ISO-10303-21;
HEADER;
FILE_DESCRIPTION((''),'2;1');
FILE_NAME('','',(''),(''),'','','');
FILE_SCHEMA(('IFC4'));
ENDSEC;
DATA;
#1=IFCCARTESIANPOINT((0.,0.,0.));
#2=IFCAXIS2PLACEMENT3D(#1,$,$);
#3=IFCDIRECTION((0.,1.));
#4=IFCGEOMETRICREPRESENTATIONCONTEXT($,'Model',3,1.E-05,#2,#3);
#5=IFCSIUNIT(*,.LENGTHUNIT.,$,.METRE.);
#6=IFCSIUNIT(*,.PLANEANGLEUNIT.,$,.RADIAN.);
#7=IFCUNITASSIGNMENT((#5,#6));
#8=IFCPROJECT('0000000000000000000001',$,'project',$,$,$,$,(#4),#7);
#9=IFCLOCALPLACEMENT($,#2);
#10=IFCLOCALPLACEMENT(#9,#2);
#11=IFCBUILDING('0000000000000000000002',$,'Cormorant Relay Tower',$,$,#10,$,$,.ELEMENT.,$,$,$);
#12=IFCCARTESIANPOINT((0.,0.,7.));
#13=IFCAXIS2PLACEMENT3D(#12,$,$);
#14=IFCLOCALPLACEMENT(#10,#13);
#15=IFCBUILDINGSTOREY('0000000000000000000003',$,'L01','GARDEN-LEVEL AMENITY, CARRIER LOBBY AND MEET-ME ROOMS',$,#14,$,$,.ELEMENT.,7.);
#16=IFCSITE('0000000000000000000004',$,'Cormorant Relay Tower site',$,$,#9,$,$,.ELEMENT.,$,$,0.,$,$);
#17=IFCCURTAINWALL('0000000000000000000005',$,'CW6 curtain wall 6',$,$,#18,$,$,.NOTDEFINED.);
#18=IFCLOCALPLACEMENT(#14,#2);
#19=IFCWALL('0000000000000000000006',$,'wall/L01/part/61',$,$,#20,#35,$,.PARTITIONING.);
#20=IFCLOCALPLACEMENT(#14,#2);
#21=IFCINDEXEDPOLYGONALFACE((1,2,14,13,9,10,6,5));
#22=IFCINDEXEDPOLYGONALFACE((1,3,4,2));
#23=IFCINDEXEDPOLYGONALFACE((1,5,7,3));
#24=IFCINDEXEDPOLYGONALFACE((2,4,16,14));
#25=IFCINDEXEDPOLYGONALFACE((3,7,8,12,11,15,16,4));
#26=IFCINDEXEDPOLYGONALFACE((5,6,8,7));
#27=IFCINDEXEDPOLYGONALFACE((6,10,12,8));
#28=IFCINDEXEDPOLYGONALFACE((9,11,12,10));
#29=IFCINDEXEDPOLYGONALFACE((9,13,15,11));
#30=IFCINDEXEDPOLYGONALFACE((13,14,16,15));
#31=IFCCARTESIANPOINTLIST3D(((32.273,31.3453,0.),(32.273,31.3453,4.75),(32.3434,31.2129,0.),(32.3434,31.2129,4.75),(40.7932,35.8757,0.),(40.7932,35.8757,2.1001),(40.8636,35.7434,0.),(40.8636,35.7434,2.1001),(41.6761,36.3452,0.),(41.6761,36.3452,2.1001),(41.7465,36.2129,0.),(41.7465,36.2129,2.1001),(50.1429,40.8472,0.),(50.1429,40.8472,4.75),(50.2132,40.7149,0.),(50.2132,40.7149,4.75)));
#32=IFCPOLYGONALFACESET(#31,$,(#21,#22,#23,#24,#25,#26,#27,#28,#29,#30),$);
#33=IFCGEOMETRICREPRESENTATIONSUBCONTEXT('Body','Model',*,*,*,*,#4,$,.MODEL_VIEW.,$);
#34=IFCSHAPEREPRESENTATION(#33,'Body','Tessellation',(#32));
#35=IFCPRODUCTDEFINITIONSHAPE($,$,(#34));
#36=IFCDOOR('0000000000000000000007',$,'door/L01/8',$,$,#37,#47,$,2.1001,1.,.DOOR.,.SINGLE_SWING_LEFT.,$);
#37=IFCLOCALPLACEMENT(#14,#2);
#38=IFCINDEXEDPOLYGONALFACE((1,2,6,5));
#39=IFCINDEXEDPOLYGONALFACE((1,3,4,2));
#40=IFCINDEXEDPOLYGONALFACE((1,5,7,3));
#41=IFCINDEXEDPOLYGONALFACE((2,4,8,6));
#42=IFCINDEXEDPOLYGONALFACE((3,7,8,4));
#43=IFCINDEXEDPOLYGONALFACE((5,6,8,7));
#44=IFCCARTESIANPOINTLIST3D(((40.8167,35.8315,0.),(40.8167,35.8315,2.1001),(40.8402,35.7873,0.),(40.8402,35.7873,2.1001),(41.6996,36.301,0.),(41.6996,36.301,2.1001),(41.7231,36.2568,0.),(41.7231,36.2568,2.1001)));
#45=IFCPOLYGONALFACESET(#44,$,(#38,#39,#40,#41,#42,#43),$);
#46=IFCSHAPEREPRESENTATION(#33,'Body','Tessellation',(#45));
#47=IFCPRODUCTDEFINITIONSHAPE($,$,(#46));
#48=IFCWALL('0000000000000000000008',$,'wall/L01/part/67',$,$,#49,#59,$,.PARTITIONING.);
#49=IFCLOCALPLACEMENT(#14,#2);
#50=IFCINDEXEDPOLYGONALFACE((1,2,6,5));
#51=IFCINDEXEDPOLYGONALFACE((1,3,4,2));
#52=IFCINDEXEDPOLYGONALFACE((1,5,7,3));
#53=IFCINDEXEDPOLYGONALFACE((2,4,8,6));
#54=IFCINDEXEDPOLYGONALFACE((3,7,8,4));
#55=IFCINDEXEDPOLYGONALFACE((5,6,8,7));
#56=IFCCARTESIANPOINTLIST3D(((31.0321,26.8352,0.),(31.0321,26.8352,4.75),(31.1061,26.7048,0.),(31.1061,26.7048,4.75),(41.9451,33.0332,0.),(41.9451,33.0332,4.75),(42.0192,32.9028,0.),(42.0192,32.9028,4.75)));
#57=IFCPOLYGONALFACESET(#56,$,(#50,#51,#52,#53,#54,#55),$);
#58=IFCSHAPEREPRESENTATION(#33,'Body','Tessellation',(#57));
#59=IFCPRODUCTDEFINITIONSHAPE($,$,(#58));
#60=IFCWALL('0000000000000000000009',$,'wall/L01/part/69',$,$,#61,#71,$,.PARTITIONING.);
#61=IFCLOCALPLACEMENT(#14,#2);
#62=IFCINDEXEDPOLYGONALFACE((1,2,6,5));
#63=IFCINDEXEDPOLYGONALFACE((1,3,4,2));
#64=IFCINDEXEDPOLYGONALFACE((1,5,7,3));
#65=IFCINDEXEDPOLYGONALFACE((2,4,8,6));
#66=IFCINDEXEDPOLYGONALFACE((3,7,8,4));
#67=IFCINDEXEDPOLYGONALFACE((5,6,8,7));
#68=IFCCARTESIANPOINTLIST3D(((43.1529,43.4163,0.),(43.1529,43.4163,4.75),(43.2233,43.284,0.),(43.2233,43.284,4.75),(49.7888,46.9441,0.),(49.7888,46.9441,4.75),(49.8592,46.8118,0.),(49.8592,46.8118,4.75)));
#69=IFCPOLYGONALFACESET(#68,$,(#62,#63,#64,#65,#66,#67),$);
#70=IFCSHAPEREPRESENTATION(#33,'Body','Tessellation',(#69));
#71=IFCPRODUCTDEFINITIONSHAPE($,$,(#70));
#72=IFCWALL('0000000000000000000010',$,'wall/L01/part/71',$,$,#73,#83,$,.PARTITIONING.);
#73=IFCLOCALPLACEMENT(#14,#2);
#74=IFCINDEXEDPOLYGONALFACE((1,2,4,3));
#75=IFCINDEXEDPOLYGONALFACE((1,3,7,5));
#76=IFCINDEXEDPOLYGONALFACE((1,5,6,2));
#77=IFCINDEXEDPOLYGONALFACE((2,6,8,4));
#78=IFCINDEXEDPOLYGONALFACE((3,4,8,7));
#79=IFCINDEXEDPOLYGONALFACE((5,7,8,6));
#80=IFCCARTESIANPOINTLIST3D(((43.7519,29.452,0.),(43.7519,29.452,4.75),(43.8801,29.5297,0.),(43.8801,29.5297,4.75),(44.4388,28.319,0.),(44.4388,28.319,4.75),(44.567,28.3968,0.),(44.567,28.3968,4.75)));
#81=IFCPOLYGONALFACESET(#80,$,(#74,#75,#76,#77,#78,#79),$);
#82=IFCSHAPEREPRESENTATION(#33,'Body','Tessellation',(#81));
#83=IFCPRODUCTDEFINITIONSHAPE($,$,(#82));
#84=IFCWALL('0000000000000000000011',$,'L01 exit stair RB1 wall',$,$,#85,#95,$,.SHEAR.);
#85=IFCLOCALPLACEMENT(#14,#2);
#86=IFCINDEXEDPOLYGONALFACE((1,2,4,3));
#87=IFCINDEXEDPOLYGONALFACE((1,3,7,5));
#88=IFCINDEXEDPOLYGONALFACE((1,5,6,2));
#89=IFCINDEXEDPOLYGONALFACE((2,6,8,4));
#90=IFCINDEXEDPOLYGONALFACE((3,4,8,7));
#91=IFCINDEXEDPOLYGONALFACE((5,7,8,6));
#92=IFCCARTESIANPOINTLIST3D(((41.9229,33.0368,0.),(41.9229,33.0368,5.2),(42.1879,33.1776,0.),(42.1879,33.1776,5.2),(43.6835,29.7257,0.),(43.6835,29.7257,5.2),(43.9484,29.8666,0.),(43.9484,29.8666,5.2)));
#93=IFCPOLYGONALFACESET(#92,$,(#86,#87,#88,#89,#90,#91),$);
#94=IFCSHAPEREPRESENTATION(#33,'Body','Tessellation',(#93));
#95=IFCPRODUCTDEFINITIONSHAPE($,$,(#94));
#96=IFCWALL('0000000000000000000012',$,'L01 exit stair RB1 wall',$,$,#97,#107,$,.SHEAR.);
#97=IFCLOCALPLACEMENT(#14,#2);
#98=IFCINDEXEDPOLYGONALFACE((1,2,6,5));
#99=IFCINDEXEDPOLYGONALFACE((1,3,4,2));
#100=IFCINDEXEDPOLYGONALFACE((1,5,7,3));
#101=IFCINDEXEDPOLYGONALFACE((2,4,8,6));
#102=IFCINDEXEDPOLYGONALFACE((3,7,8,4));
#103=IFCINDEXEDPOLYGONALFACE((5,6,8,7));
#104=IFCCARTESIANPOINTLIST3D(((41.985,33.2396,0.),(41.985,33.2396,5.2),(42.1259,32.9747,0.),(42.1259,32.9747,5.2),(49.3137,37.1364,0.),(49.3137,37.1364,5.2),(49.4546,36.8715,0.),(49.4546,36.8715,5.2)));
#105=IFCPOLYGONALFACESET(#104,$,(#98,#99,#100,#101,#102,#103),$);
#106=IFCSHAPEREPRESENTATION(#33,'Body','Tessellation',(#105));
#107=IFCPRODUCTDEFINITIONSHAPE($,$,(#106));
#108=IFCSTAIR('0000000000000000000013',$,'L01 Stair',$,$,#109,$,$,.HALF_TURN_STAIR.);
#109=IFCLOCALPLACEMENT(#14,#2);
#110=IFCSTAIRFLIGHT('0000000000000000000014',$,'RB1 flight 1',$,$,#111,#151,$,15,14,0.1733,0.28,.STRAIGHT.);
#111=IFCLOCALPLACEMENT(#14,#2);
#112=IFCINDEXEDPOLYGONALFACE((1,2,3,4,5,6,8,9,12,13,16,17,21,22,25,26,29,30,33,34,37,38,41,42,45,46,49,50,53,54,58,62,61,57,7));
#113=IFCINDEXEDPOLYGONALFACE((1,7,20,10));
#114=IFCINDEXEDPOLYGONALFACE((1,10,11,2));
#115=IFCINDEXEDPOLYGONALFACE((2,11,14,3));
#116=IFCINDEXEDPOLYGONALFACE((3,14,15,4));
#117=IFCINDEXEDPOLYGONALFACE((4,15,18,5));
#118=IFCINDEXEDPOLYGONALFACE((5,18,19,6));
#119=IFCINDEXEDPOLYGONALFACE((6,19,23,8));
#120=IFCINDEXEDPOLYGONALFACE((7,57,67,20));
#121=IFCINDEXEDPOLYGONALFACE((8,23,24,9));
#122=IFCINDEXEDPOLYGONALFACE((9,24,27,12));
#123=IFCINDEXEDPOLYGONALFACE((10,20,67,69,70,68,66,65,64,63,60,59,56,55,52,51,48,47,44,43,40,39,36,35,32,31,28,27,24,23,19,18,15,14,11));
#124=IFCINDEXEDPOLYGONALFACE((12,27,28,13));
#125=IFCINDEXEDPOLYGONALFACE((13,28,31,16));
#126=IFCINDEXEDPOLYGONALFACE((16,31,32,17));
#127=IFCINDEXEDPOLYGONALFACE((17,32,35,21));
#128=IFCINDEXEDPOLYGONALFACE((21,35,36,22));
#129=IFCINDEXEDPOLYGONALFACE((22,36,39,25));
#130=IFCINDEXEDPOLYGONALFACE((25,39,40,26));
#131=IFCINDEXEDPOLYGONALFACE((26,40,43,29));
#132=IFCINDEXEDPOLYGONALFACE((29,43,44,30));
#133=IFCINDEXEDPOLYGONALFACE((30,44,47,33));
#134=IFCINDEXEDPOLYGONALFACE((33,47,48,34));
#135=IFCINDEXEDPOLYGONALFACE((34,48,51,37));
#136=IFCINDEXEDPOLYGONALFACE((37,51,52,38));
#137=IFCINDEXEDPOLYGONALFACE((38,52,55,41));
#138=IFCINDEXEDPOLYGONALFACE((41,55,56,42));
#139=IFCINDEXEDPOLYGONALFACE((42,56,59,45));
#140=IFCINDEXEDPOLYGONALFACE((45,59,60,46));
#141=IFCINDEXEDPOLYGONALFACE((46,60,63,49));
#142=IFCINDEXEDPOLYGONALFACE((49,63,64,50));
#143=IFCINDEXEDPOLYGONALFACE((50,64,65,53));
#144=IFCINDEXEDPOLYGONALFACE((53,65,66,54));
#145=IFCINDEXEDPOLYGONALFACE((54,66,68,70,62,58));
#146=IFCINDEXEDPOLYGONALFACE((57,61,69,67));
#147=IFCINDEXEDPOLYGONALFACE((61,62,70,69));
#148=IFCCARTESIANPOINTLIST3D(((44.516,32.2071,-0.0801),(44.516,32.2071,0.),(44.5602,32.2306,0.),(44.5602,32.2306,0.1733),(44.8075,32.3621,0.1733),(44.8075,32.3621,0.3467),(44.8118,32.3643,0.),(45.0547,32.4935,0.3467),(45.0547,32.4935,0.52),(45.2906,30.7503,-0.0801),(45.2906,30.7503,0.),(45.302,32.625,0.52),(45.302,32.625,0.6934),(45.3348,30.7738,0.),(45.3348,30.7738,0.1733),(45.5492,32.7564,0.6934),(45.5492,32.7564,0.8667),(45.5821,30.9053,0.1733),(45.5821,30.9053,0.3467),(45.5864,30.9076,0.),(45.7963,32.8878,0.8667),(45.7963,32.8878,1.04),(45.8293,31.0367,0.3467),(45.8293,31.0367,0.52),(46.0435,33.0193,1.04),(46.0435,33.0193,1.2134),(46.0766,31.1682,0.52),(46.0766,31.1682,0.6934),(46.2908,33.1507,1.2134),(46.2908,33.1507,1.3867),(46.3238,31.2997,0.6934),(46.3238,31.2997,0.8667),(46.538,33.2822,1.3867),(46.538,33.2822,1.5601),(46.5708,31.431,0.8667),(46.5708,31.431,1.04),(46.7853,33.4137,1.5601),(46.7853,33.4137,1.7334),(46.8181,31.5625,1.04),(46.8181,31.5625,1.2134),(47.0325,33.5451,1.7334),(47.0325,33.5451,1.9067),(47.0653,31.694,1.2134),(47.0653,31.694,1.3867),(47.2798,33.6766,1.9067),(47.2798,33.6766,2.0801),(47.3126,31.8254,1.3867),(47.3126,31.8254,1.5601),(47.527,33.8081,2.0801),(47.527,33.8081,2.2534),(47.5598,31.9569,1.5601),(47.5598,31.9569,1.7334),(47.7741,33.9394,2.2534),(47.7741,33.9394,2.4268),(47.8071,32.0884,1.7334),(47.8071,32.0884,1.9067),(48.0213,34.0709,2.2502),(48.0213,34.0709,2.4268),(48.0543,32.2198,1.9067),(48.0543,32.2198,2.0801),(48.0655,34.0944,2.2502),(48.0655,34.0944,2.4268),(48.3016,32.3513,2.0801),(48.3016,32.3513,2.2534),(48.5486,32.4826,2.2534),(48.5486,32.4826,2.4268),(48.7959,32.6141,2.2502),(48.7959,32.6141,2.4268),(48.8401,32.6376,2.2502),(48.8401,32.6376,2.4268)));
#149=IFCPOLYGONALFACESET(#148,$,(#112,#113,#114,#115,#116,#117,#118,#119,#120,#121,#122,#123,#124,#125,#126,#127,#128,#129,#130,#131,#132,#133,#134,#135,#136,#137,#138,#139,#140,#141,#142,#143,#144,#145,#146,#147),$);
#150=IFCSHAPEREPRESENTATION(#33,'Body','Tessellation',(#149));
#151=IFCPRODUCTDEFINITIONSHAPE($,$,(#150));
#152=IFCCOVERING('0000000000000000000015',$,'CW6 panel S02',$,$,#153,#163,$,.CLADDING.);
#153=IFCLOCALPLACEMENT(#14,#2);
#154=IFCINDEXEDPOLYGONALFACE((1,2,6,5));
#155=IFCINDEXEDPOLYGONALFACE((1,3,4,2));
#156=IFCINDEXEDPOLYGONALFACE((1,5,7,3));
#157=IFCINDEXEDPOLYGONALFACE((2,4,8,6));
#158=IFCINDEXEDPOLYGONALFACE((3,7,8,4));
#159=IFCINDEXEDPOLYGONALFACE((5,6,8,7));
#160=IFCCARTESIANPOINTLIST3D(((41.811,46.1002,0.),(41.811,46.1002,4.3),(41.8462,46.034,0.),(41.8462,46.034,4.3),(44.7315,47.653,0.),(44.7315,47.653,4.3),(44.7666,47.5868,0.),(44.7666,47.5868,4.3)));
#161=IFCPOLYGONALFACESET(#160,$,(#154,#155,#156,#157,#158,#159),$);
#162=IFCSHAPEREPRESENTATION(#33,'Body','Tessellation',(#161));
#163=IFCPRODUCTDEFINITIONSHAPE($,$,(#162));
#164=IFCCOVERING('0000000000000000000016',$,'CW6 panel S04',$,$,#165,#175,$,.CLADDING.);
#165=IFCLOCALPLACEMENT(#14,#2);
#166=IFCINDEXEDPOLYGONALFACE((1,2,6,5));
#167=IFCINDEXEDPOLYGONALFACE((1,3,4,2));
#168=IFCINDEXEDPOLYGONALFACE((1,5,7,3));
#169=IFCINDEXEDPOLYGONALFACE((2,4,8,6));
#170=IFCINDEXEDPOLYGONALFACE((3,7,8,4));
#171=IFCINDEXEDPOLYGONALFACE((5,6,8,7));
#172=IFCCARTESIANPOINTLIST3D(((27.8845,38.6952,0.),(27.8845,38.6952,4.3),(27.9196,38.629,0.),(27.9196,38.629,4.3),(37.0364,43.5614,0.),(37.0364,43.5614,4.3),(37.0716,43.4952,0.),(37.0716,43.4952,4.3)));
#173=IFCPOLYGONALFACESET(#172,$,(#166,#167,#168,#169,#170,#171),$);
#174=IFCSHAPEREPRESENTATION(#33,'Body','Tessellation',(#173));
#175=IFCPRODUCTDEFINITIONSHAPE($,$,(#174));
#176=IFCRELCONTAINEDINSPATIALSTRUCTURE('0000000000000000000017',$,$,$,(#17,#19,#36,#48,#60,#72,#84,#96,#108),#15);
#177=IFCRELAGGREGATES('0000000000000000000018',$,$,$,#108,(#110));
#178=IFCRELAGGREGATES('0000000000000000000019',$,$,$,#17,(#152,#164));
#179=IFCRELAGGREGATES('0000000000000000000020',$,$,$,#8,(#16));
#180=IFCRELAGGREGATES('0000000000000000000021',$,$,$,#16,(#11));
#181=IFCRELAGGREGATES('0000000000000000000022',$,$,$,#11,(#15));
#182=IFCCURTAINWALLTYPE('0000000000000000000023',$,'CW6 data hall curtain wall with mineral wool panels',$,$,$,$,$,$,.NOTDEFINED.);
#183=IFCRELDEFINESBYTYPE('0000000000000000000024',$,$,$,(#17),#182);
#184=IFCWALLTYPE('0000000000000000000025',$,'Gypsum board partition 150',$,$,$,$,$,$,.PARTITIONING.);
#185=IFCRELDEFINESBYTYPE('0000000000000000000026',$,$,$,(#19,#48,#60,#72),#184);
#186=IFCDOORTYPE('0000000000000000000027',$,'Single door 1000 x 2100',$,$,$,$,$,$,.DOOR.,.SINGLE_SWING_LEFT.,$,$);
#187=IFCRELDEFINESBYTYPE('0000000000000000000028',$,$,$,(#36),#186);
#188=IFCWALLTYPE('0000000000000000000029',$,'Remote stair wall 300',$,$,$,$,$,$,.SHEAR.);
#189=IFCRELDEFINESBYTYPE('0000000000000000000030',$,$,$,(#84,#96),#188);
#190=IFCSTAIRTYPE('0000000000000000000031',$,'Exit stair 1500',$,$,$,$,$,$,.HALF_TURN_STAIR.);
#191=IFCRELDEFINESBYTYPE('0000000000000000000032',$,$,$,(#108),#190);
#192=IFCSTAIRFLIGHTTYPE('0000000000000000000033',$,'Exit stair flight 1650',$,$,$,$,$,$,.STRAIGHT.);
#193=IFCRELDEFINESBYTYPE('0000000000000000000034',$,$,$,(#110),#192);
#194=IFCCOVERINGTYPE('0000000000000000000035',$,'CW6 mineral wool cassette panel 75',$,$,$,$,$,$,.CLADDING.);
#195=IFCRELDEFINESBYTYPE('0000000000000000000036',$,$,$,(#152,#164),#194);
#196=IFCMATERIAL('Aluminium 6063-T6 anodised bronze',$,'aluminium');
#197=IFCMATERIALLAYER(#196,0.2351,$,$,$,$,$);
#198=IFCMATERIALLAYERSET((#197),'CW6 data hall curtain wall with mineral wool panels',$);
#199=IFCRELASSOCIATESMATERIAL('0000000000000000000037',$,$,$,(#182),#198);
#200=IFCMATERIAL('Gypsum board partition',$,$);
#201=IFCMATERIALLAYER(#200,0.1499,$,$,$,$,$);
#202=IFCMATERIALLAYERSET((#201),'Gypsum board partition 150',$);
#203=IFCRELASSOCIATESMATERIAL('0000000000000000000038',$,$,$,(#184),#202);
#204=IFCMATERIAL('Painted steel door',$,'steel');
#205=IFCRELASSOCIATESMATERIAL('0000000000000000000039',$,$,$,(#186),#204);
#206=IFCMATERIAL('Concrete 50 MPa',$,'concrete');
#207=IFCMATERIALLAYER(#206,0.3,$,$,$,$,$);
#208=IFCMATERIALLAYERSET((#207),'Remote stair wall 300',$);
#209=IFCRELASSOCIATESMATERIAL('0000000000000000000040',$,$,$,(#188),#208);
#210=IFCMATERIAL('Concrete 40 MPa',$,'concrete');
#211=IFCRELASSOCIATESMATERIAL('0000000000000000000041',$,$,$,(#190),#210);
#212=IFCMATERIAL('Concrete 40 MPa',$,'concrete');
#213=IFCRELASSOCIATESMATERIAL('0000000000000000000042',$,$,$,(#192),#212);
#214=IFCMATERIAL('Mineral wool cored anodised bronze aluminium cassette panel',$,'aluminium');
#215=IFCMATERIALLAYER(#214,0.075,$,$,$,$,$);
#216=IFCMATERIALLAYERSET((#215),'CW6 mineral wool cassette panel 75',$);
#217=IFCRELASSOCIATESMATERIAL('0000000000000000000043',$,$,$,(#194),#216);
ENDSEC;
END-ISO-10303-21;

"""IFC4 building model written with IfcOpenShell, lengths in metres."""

from ifc_helpers import new_model, si_unit, direction, frame, frame_2d, origin, origin_2d, place, context, subcontext, project, spatial, polyline, rectangle, outline, extrude, material, layer, layer_set, type_object, element, fill, aggregate, save


model = new_model("IFC4")

# Units and contexts
model_context = context("Model", 3, precision=1e-05, world=origin(), true_north=direction((0.0, 1.0)))
body_context = subcontext(model_context, "Body", "Model", "MODEL_VIEW")
ifc_project = project(units=[si_unit("LENGTHUNIT", "METRE"), si_unit("PLANEANGLEUNIT", "RADIAN")], contexts=[model_context])

# Site, building, storey
site_placement = place(None, origin())
site = spatial("IfcSite", under=ifc_project, at=site_placement, Name="Cormorant Relay Tower site", CompositionType="ELEMENT", RefElevation=0.0)
building_placement = place(site_placement, origin())
building = spatial("IfcBuilding", under=site, at=building_placement, Name="Cormorant Relay Tower", CompositionType="ELEMENT")
storey_placement = place(building_placement, frame((0.0, 0.0, 7.0)))
storey = spatial("IfcBuildingStorey", under=building, at=storey_placement, Name="L01", Description="GARDEN-LEVEL AMENITY, CARRIER LOBBY AND MEET-ME ROOMS", CompositionType="ELEMENT", Elevation=7.0)

# Curtain wall
ifc_material_1 = material(Name="Aluminium 6063-T6 anodised bronze", Category="aluminium")
ifc_layer_1 = layer(ifc_material_1, 0.2351)
ifc_layer_set_1 = layer_set([ifc_layer_1], Name="CW6 data hall curtain wall with mineral wool panels")
curtain_wall_type = type_object("IfcCurtainWallType", Name="CW6 data hall curtain wall with mineral wool panels", PredefinedType="NOTDEFINED", material=ifc_layer_set_1)
curtain_wall_placement = place(storey_placement, origin())
curtain_wall = element("IfcCurtainWall", 1, at=curtain_wall_placement, inside=storey, type_object=curtain_wall_type, Name="CW6 curtain wall 6", PredefinedType="NOTDEFINED")

# Wall, opening, door
ifc_material_2 = material(Name="Gypsum board partition")
ifc_layer_2 = layer(ifc_material_2, 0.1499)
ifc_layer_set_2 = layer_set([ifc_layer_2], Name="Gypsum board partition 150")
wall_type_1 = type_object("IfcWallType", Name="Gypsum board partition 150", PredefinedType="PARTITIONING", material=ifc_layer_set_2)
wall_1_placement = place(storey_placement, frame((32.3081, 31.2791, 0.0), z_axis=(0.0, 0.0, 1.0), x_axis=(0.88294, 0.469486, 0.0)))
wall_1 = element("IfcWall", 2, at=wall_1_placement, inside=storey, type_object=wall_type_1, Name="wall/L01/part/61", PredefinedType="PARTITIONING", context=body_context, shape_type="SweptSolid", body=[
    extrude(rectangle(XDim=20.239, YDim=0.1499, at=frame_2d((10.1196, 0.0))), origin(), (0.0, 0.0, 1.0), 4.75),
])
opening_1_placement = place(wall_1_placement, frame((9.6499, 0.0, 0.0)))
opening_1 = element("IfcOpeningElement", 3, at=opening_1_placement, cuts=wall_1, PredefinedType="OPENING", context=body_context, shape_type="SweptSolid", body=[
    extrude(rectangle(XDim=1.0, YDim=2.1001, at=frame_2d((0.5, 1.05))), frame((0.0, 0.085, 0.0), z_axis=(0.0, -1.0, 0.0), x_axis=(1.0, 0.0, 0.0)), (0.0, 0.0, 1.0), 0.1699),
])
ifc_material_3 = material(Name="Painted steel door", Category="steel")
door_type_1 = type_object("IfcDoorType", Name="Single door 1000 x 2100", OperationType="SINGLE_SWING_LEFT", PredefinedType="DOOR", material=ifc_material_3)
door_1_placement = place(opening_1_placement, origin())
door_1 = element("IfcDoor", 4, at=door_1_placement, inside=storey, type_object=door_type_1, Name="door/L01/8", OperationType="SINGLE_SWING_LEFT", OverallHeight=2.1001, OverallWidth=1.0, PredefinedType="DOOR", context=body_context, shape_type="SweptSolid", body=[
    extrude(rectangle(XDim=1.0, YDim=2.1001, at=frame_2d((0.5, 1.05))), frame((0.0, 0.0249, 0.0), z_axis=(0.0, -1.0, 0.0), x_axis=(1.0, 0.0, 0.0)), (0.0, 0.0, 1.0), 0.05),
])
fill(opening_1, door_1)

# Walls
wall_2_placement = place(storey_placement, frame((31.0691, 26.77, 0.0), z_axis=(0.0, 0.0, 1.0), x_axis=(0.869546, 0.493852, 0.0)))
element("IfcWall", 5, at=wall_2_placement, inside=storey, type_object=wall_type_1, Name="wall/L01/part/67", PredefinedType="PARTITIONING", context=body_context, shape_type="SweptSolid", body=[
    extrude(rectangle(XDim=12.5503, YDim=0.1499, at=frame_2d((6.2751, 0.0))), origin(), (0.0, 0.0, 1.0), 4.75),
])
wall_3_placement = place(storey_placement, frame((43.188, 43.3501, 0.0), z_axis=(0.0, 0.0, 1.0), x_axis=(0.88298, 0.469411, 0.0)))
element("IfcWall", 6, at=wall_3_placement, inside=storey, type_object=wall_type_1, Name="wall/L01/part/69", PredefinedType="PARTITIONING", context=body_context, shape_type="SweptSolid", body=[
    extrude(rectangle(XDim=7.5154, YDim=0.1499, at=frame_2d((3.7578, 0.0))), origin(), (0.0, 0.0, 1.0), 4.75),
])
wall_4_placement = place(storey_placement, frame((43.8159, 29.491, 0.0), z_axis=(0.0, 0.0, 1.0), x_axis=(0.518473, -0.855094, 0.0)))
element("IfcWall", 7, at=wall_4_placement, inside=storey, type_object=wall_type_1, Name="wall/L01/part/71", PredefinedType="PARTITIONING", context=body_context, shape_type="SweptSolid", body=[
    extrude(rectangle(XDim=1.325, YDim=0.1499, at=frame_2d((0.6626, 0.0))), origin(), (0.0, 0.0, 1.0), 4.75),
])
ifc_material_4 = material(Name="Concrete 50 MPa", Category="concrete")
ifc_layer_3 = layer(ifc_material_4, 0.3)
ifc_layer_set_3 = layer_set([ifc_layer_3], Name="Remote stair wall 300")
wall_type_2 = type_object("IfcWallType", Name="Remote stair wall 300", PredefinedType="SHEAR", material=ifc_layer_set_3)
wall_5_placement = place(storey_placement, frame((43.8159, 29.7961, 0.0), z_axis=(0.0, 0.0, 1.0), x_axis=(-0.469469, 0.882949, 0.0)))
element("IfcWall", 8, at=wall_5_placement, inside=storey, type_object=wall_type_2, Name="L01 exit stair RB1 wall", PredefinedType="SHEAR", context=body_context, shape_type="SweptSolid", body=[
    extrude(rectangle(XDim=3.75, YDim=0.3, at=frame_2d((1.875, 0.0))), origin(), (0.0, 0.0, 1.0), 5.2),
])
wall_6_placement = place(storey_placement, frame((42.0554, 33.1072, 0.0), z_axis=(0.0, 0.0, 1.0), x_axis=(0.882946, 0.469475, 0.0)))
element("IfcWall", 9, at=wall_6_placement, inside=storey, type_object=wall_type_2, Name="L01 exit stair RB1 wall", PredefinedType="SHEAR", context=body_context, shape_type="SweptSolid", body=[
    extrude(rectangle(XDim=8.3003, YDim=0.3, at=frame_2d((4.1501, 0.0))), origin(), (0.0, 0.0, 1.0), 5.2),
])

# Stair, stair flight
ifc_material_5 = material(Name="Concrete 40 MPa", Category="concrete")
stair_type = type_object("IfcStairType", Name="Exit stair 1500", PredefinedType="HALF_TURN_STAIR", material=ifc_material_5)
stair_placement = place(storey_placement, origin())
stair = element("IfcStair", 10, at=stair_placement, inside=storey, type_object=stair_type, Name="L01 Stair", PredefinedType="HALF_TURN_STAIR")
ifc_material_6 = material(Name="Concrete 40 MPa", Category="concrete")
stair_flight_type = type_object("IfcStairFlightType", Name="Exit stair flight 1650", PredefinedType="STRAIGHT", material=ifc_material_6)
stair_flight_placement = place(storey_placement, frame((44.9475, 31.5022, 0.0), z_axis=(0.0, 0.0, 1.0), x_axis=(0.882948, 0.469472, 0.0)))
stair_flight = element("IfcStairFlight", 11, at=stair_flight_placement, type_object=stair_flight_type, Name="RB1 flight 1", NumberOfRisers=15, NumberOfTreads=14, PredefinedType="STRAIGHT", RiserHeight=0.1733, TreadLength=0.28, context=body_context, shape_type="SweptSolid", body=[
    extrude(outline(polyline([(-0.05, -0.0801), (-0.05, 0.0), (0.0, 0.0), (0.0, 0.1733), (0.28, 0.1733), (0.28, 0.3467), (0.5601, 0.3467), (0.5601, 0.52), (0.8401, 0.52), (0.8401, 0.6934), (1.1201, 0.6934), (1.1201, 0.8667), (1.3999, 0.8667), (1.3999, 1.04), (1.6799, 1.04), (1.6799, 1.2134), (1.96, 1.2134), (1.96, 1.3867), (2.24, 1.3867), (2.24, 1.5601), (2.52, 1.5601), (2.52, 1.7334), (2.8, 1.7334), (2.8, 1.9067), (3.0801, 1.9067), (3.0801, 2.0801), (3.3601, 2.0801), (3.3601, 2.2534), (3.6399, 2.2534), (3.6399, 2.4268), (3.9199, 2.4268), (3.97, 2.4268), (3.97, 2.2502), (3.9199, 2.2502), (0.2849, 0.0), (-0.05, -0.0801)])), frame((0.0, 0.825, 0.0), z_axis=(0.0, -1.0, 0.0), x_axis=(1.0, 0.0, 0.0)), (0.0, 0.0, 1.0), 1.6499),
])
aggregate(stair, [stair_flight])

# Coverings
ifc_material_7 = material(Name="Mineral wool cored anodised bronze aluminium cassette panel", Category="aluminium")
ifc_layer_4 = layer(ifc_material_7, 0.075)
ifc_layer_set_4 = layer_set([ifc_layer_4], Name="CW6 mineral wool cassette panel 75")
covering_type = type_object("IfcCoveringType", Name="CW6 mineral wool cassette panel 75", PredefinedType="CLADDING", material=ifc_layer_set_4)
covering_1_placement = place(storey_placement, frame((43.2888, 46.8435, 0.0), z_axis=(0.0, 0.0, 1.0), x_axis=(-0.882948, -0.469472, 0.0)))
covering_1 = element("IfcCovering", 12, at=covering_1_placement, type_object=covering_type, Name="CW6 panel S02", PredefinedType="CLADDING", context=body_context, shape_type="SweptSolid", body=[
    extrude(rectangle(XDim=3.3076, YDim=0.075, at=origin_2d()), origin(), (0.0, 0.0, 1.0), 4.3),
])
covering_2_placement = place(storey_placement, frame((32.478, 41.0952, 0.0), z_axis=(0.0, 0.0, 1.0), x_axis=(-0.882948, -0.469472, 0.0)))
covering_2 = element("IfcCovering", 13, at=covering_2_placement, type_object=covering_type, Name="CW6 panel S04", PredefinedType="CLADDING", context=body_context, shape_type="SweptSolid", body=[
    extrude(rectangle(XDim=10.3652, YDim=0.075, at=origin_2d()), origin(), (0.0, 0.0, 1.0), 4.3),
])
aggregate(curtain_wall, [covering_1, covering_2])

save(model, "model.ifc")
